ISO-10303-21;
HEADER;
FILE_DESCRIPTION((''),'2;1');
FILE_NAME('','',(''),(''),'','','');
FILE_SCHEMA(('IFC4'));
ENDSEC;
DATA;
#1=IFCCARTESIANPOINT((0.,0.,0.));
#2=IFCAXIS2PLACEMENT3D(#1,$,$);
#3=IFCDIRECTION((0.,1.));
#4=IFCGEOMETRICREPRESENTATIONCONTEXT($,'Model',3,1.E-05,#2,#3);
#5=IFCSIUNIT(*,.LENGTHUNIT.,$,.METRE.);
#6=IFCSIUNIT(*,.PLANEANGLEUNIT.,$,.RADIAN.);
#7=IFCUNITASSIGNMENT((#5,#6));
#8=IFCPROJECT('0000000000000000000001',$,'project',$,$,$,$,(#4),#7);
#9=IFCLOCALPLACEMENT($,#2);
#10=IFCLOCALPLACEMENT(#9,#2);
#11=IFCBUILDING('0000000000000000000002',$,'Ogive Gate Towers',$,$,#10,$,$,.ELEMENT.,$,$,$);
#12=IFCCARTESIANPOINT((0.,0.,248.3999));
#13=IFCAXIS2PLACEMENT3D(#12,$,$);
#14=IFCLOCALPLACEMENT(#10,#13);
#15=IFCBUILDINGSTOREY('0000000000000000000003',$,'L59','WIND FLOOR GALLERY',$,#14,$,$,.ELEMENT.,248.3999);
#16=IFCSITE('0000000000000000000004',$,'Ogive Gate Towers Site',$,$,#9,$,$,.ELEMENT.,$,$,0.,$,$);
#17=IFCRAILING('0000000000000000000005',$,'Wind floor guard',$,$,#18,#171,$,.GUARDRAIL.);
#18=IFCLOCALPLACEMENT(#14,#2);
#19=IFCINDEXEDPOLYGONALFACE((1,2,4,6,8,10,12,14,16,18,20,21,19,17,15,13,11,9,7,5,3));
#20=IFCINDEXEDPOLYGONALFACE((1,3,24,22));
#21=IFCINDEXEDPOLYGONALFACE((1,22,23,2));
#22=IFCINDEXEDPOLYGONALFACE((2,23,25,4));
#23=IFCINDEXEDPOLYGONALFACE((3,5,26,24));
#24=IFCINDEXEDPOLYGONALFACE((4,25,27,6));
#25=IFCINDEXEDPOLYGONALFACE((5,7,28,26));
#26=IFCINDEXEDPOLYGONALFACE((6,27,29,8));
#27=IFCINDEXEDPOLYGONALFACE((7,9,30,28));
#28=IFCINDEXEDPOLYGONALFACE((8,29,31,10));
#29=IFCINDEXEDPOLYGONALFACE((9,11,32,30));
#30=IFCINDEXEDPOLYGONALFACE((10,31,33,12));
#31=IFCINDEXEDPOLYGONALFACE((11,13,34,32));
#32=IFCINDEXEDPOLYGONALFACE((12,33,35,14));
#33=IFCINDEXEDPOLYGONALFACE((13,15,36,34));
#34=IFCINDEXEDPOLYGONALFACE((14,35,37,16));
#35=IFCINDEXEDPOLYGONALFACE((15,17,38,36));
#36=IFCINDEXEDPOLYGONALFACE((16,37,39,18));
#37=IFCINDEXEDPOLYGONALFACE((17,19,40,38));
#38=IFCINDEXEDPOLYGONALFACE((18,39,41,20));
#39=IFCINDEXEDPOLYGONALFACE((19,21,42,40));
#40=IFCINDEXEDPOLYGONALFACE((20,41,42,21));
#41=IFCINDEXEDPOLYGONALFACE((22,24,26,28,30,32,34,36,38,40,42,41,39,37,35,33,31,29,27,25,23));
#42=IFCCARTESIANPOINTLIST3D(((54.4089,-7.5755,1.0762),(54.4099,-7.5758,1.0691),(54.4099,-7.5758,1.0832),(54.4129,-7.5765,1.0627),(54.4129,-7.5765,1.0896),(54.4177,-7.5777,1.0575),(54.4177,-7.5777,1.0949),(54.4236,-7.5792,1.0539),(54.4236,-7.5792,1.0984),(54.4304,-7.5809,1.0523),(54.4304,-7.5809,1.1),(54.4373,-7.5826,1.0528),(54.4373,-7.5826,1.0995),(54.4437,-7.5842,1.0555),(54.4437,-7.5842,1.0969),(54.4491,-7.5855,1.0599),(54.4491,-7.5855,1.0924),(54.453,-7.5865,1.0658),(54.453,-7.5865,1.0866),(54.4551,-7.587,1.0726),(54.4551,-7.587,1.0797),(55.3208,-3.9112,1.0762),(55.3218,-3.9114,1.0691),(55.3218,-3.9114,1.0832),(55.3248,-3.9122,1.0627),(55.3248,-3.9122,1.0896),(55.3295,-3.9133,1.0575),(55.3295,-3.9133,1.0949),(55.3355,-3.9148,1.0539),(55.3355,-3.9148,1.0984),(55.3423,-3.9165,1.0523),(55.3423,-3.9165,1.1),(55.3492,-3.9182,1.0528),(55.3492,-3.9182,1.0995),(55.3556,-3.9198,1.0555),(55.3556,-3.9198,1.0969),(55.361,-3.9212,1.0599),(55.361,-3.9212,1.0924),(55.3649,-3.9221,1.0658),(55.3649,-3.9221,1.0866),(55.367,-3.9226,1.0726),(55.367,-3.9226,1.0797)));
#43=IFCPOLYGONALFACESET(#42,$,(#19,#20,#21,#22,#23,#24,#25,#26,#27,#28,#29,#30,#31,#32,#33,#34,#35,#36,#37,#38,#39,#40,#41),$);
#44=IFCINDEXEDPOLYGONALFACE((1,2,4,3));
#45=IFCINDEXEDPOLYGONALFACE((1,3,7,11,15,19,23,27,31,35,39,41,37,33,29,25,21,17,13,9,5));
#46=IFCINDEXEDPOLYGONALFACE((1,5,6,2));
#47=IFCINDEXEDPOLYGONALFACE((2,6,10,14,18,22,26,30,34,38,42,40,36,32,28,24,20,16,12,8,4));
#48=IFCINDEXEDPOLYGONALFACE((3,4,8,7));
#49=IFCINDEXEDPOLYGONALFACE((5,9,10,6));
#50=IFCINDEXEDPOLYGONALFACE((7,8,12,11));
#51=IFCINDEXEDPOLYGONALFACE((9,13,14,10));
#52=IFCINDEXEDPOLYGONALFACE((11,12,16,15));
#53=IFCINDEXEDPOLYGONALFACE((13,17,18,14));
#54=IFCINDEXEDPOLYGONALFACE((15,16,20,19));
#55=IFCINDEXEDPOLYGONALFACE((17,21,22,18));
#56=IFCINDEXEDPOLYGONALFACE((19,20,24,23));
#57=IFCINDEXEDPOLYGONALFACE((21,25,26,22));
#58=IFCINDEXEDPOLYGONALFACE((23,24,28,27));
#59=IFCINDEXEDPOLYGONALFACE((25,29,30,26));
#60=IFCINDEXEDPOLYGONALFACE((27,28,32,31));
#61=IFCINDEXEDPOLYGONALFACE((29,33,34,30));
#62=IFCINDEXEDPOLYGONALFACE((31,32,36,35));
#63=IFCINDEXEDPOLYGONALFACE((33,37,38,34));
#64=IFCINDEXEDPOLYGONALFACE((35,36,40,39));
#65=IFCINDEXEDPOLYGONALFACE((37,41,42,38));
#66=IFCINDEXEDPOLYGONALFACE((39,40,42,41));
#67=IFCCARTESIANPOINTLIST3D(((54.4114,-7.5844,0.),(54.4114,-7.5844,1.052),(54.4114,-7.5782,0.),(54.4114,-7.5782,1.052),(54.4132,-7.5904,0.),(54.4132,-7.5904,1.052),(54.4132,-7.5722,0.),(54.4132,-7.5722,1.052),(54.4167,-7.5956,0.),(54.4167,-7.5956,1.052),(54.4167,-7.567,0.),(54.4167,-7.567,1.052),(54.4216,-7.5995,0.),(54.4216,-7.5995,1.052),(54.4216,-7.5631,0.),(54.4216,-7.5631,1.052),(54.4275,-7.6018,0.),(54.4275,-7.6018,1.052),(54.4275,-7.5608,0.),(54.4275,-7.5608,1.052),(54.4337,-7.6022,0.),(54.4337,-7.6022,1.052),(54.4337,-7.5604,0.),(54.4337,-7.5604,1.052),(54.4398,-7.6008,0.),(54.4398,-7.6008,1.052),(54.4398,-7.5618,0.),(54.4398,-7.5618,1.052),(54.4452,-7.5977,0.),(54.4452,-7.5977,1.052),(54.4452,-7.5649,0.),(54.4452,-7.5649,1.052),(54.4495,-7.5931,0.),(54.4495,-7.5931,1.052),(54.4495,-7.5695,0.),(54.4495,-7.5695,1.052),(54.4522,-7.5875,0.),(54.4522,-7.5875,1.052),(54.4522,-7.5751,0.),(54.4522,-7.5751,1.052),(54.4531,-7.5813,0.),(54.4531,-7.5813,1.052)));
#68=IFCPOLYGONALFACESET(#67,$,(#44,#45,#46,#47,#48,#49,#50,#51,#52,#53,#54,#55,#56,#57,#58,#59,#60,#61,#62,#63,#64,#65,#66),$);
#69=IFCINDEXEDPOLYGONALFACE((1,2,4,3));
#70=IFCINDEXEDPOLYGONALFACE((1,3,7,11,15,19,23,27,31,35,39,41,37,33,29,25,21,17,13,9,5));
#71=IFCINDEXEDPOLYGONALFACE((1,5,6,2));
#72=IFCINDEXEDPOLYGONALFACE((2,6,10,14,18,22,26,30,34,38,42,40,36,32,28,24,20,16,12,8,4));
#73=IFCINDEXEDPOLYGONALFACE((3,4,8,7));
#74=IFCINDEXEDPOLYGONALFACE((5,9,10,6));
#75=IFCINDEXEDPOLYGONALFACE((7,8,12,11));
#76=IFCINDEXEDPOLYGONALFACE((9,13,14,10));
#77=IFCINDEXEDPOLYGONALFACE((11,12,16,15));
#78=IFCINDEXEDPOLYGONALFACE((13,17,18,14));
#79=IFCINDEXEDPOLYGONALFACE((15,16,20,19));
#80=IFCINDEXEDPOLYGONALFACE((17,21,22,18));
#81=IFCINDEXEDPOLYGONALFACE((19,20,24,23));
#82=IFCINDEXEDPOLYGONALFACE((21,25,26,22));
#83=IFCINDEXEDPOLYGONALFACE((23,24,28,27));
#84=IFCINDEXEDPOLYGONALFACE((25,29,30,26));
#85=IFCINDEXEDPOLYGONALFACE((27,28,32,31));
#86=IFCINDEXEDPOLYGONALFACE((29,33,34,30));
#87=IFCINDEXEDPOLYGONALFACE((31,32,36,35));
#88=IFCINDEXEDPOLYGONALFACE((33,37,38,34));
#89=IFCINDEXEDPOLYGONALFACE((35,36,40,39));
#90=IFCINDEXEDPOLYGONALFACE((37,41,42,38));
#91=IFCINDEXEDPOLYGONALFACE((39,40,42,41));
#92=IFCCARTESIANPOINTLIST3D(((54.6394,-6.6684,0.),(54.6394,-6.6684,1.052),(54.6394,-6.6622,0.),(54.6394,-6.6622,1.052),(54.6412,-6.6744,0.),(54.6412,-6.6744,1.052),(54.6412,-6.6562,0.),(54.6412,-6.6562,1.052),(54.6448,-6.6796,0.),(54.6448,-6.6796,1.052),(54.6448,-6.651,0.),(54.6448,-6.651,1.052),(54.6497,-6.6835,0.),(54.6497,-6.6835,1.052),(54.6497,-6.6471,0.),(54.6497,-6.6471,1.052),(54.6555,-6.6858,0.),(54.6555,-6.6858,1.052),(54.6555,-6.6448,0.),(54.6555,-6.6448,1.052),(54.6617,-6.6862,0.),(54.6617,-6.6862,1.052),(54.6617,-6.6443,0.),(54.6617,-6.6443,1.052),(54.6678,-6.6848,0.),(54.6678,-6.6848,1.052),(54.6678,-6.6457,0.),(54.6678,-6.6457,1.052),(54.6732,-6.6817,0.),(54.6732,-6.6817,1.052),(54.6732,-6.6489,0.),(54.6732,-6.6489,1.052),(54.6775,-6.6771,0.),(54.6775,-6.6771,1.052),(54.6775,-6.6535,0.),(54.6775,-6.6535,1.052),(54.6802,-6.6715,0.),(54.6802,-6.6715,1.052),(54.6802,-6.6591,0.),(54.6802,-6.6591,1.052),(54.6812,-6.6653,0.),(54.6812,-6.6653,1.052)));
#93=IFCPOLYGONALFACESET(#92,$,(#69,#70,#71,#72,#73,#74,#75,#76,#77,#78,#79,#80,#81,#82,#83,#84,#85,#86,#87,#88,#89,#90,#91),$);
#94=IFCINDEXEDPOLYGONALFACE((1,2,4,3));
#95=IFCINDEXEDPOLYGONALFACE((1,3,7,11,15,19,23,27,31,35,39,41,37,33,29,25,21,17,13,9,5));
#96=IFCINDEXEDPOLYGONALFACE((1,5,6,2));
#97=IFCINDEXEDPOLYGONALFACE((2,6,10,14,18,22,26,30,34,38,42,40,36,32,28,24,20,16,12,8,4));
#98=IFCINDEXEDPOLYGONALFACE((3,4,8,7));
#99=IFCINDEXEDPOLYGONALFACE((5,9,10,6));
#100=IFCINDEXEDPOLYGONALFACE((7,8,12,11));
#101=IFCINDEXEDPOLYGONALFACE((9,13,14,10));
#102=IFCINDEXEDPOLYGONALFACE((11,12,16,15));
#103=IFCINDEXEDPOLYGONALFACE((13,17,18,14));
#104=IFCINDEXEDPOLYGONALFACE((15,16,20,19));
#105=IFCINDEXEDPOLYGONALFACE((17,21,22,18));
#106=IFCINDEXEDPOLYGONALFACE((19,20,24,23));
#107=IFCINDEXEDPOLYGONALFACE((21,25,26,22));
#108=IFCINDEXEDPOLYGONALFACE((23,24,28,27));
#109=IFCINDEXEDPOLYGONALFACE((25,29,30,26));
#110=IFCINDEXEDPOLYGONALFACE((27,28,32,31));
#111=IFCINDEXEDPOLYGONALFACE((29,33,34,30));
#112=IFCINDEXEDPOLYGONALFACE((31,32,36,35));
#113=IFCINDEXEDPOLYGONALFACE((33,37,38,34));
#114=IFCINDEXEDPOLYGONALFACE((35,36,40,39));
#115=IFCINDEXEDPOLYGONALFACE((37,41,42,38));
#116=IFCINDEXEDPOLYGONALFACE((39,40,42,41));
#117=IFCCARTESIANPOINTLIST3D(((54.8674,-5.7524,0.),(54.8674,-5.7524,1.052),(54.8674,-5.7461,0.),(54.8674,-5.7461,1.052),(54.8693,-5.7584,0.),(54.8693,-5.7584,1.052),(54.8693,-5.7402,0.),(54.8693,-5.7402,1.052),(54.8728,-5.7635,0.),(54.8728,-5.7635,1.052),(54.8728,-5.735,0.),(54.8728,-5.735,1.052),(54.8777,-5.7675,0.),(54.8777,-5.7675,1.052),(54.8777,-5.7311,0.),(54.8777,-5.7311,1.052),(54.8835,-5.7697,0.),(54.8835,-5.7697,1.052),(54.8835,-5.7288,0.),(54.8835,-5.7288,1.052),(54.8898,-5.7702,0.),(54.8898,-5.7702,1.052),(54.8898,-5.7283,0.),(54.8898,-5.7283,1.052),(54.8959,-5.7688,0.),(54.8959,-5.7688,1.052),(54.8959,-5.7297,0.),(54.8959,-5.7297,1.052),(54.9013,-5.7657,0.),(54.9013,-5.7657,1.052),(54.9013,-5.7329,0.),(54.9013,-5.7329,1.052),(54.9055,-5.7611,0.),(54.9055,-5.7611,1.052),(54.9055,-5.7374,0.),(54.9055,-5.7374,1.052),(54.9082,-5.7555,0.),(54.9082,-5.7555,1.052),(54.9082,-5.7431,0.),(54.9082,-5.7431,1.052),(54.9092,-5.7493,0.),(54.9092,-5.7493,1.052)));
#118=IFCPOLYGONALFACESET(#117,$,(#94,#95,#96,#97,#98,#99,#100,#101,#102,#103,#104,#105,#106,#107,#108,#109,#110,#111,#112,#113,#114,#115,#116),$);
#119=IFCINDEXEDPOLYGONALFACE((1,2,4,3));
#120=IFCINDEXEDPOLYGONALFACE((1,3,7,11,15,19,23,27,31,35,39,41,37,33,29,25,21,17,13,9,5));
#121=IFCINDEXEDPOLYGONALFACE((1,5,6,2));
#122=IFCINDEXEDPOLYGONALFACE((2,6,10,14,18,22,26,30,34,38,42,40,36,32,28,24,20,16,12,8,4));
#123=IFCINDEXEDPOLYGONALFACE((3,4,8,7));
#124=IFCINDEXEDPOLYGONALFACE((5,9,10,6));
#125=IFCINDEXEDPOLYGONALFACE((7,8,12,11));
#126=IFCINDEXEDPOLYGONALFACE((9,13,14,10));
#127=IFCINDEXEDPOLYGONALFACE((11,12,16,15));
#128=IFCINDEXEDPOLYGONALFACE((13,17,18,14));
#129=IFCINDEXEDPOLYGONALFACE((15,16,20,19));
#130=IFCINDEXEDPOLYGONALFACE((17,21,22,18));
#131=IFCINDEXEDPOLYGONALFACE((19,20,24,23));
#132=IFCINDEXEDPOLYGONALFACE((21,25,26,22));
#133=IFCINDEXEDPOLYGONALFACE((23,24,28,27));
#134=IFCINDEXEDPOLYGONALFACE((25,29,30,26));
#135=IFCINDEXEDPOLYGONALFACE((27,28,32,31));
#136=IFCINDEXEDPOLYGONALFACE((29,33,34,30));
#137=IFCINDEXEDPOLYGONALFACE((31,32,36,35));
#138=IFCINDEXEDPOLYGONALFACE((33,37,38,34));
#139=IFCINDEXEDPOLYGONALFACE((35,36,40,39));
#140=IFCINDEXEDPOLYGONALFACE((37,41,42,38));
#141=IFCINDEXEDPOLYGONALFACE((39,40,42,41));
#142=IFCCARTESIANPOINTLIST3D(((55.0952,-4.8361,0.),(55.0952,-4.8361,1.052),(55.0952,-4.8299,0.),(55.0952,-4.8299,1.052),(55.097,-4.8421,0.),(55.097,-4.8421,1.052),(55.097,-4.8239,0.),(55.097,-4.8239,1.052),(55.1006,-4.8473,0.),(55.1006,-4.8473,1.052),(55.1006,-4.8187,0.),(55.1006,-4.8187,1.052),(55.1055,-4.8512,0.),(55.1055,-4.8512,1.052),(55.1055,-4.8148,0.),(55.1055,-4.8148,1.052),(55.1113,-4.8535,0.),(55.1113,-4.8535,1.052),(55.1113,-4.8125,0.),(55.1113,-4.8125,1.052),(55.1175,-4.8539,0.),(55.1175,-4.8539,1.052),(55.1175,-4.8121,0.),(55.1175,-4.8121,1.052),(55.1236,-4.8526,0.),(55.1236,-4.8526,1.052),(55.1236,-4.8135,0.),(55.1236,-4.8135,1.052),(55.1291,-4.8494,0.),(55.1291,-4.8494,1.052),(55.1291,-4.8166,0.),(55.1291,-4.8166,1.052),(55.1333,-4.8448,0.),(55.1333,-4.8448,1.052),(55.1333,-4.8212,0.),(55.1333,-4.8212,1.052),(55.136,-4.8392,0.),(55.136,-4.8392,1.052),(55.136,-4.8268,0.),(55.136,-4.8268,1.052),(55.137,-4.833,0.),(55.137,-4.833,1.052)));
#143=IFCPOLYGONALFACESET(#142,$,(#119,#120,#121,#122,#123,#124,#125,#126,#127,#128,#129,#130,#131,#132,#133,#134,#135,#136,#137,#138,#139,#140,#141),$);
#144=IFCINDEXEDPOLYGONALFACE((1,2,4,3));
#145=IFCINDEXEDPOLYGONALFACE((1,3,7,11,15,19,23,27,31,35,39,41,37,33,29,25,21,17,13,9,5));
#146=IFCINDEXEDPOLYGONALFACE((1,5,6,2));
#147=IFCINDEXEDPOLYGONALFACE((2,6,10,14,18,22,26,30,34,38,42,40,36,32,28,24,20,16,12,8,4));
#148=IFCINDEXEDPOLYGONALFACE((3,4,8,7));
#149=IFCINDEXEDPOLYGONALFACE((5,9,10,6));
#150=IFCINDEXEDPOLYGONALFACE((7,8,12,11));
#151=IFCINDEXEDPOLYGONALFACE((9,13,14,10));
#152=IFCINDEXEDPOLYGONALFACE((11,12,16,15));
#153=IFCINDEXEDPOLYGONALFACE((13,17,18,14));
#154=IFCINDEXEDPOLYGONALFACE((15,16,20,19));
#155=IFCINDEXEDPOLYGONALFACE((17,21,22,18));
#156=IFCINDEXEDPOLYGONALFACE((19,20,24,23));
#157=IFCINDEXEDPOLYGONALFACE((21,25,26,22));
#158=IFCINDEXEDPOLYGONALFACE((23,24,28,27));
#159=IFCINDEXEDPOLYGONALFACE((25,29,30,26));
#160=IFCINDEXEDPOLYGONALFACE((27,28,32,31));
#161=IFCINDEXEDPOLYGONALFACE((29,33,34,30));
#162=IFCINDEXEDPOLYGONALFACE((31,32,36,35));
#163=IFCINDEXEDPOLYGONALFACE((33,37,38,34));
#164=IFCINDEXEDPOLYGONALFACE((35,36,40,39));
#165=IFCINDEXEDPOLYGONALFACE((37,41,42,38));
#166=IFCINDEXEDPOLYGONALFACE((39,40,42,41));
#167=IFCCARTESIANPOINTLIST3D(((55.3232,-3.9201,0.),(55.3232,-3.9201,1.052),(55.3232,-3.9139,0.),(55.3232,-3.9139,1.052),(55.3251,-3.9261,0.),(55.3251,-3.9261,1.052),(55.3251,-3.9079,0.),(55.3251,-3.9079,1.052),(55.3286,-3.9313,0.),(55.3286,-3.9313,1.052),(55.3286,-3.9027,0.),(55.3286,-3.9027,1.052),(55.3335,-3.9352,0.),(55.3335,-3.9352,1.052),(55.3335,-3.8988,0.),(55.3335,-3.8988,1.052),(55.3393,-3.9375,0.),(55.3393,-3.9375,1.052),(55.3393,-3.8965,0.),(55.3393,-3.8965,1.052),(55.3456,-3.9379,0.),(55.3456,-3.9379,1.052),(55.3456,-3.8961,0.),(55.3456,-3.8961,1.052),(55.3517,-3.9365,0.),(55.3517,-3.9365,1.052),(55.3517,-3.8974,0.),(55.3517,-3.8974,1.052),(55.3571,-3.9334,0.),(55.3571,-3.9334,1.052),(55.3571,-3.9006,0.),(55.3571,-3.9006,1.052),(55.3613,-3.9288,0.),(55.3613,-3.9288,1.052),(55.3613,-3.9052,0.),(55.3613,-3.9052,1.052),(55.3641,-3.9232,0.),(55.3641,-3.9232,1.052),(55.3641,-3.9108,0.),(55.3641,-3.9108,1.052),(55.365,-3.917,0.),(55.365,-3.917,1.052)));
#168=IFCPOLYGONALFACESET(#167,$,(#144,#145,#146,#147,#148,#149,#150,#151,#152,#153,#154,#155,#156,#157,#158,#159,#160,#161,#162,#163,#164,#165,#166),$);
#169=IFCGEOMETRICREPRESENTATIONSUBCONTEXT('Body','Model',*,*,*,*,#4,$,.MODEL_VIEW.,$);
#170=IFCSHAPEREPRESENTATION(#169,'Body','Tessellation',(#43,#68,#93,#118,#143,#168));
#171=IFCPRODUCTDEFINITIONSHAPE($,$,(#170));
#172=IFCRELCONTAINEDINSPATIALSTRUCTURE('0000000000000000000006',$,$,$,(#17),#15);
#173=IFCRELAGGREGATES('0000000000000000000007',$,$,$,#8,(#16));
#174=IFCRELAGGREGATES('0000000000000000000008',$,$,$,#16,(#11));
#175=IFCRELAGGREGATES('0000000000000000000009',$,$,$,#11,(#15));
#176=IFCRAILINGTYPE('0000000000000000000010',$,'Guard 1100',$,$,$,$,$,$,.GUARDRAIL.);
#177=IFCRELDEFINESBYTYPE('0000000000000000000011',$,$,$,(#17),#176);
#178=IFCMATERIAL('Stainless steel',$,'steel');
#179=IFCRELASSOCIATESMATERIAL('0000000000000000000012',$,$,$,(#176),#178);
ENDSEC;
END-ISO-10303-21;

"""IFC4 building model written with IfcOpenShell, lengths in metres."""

from ifc_helpers import new_model, si_unit, direction, frame, origin, origin_2d, place, context, subcontext, project, spatial, circle, extrude, material, type_object, element, save


model = new_model("IFC4")

# Units and contexts
model_context = context("Model", 3, precision=1e-05, world=origin(), true_north=direction((0.0, 1.0)))
body_context = subcontext(model_context, "Body", "Model", "MODEL_VIEW")
ifc_project = project(units=[si_unit("LENGTHUNIT", "METRE"), si_unit("PLANEANGLEUNIT", "RADIAN")], contexts=[model_context])

# Site, building, storey
site_placement = place(None, origin())
site = spatial("IfcSite", under=ifc_project, at=site_placement, Name="Ogive Gate Towers Site", CompositionType="ELEMENT", RefElevation=0.0)
building_placement = place(site_placement, origin())
building = spatial("IfcBuilding", under=site, at=building_placement, Name="Ogive Gate Towers", CompositionType="ELEMENT")
storey_placement = place(building_placement, frame((0.0, 0.0, 248.3999)))
storey = spatial("IfcBuildingStorey", under=building, at=storey_placement, Name="L59", Description="WIND FLOOR GALLERY", CompositionType="ELEMENT", Elevation=248.3999)

# Railing
ifc_material_1 = material(Name="Stainless steel", Category="steel")
railing_type_1 = type_object("IfcRailingType", Name="Guard 1100", PredefinedType="GUARDRAIL", material=ifc_material_1)
railing_1_placement = place(storey_placement, frame((54.4321, -7.5813, 0.0)))
element("IfcRailing", 1, at=railing_1_placement, inside=storey, type_object=railing_type_1, Name="Wind floor guard", PredefinedType="GUARDRAIL", context=body_context, shape_type="SweptSolid", body=[
    extrude(circle(Radius=0.0239, at=origin_2d()), frame((0.0, 0.0, 1.0762), z_axis=(0.241486, 0.970404, 0.0), x_axis=(-0.970404, 0.241486, 0.0)), (0.0, 0.0, 1.0), 3.7761),
    extrude(circle(Radius=0.021, at=origin_2d()), origin(), (0.0, 0.0, 1.0), 1.052),
    extrude(circle(Radius=0.021, at=origin_2d()), frame((0.228, 0.916, 0.0)), (0.0, 0.0, 1.0), 1.052),
    extrude(circle(Radius=0.021, at=origin_2d()), frame((0.4561, 1.832, 0.0)), (0.0, 0.0, 1.0), 1.052),
    extrude(circle(Radius=0.021, at=origin_2d()), frame((0.6838, 2.7483, 0.0)), (0.0, 0.0, 1.0), 1.052),
    extrude(circle(Radius=0.021, at=origin_2d()), frame((0.9119, 3.6643, 0.0)), (0.0, 0.0, 1.0), 1.052),
])

save(model, "model.ifc")
